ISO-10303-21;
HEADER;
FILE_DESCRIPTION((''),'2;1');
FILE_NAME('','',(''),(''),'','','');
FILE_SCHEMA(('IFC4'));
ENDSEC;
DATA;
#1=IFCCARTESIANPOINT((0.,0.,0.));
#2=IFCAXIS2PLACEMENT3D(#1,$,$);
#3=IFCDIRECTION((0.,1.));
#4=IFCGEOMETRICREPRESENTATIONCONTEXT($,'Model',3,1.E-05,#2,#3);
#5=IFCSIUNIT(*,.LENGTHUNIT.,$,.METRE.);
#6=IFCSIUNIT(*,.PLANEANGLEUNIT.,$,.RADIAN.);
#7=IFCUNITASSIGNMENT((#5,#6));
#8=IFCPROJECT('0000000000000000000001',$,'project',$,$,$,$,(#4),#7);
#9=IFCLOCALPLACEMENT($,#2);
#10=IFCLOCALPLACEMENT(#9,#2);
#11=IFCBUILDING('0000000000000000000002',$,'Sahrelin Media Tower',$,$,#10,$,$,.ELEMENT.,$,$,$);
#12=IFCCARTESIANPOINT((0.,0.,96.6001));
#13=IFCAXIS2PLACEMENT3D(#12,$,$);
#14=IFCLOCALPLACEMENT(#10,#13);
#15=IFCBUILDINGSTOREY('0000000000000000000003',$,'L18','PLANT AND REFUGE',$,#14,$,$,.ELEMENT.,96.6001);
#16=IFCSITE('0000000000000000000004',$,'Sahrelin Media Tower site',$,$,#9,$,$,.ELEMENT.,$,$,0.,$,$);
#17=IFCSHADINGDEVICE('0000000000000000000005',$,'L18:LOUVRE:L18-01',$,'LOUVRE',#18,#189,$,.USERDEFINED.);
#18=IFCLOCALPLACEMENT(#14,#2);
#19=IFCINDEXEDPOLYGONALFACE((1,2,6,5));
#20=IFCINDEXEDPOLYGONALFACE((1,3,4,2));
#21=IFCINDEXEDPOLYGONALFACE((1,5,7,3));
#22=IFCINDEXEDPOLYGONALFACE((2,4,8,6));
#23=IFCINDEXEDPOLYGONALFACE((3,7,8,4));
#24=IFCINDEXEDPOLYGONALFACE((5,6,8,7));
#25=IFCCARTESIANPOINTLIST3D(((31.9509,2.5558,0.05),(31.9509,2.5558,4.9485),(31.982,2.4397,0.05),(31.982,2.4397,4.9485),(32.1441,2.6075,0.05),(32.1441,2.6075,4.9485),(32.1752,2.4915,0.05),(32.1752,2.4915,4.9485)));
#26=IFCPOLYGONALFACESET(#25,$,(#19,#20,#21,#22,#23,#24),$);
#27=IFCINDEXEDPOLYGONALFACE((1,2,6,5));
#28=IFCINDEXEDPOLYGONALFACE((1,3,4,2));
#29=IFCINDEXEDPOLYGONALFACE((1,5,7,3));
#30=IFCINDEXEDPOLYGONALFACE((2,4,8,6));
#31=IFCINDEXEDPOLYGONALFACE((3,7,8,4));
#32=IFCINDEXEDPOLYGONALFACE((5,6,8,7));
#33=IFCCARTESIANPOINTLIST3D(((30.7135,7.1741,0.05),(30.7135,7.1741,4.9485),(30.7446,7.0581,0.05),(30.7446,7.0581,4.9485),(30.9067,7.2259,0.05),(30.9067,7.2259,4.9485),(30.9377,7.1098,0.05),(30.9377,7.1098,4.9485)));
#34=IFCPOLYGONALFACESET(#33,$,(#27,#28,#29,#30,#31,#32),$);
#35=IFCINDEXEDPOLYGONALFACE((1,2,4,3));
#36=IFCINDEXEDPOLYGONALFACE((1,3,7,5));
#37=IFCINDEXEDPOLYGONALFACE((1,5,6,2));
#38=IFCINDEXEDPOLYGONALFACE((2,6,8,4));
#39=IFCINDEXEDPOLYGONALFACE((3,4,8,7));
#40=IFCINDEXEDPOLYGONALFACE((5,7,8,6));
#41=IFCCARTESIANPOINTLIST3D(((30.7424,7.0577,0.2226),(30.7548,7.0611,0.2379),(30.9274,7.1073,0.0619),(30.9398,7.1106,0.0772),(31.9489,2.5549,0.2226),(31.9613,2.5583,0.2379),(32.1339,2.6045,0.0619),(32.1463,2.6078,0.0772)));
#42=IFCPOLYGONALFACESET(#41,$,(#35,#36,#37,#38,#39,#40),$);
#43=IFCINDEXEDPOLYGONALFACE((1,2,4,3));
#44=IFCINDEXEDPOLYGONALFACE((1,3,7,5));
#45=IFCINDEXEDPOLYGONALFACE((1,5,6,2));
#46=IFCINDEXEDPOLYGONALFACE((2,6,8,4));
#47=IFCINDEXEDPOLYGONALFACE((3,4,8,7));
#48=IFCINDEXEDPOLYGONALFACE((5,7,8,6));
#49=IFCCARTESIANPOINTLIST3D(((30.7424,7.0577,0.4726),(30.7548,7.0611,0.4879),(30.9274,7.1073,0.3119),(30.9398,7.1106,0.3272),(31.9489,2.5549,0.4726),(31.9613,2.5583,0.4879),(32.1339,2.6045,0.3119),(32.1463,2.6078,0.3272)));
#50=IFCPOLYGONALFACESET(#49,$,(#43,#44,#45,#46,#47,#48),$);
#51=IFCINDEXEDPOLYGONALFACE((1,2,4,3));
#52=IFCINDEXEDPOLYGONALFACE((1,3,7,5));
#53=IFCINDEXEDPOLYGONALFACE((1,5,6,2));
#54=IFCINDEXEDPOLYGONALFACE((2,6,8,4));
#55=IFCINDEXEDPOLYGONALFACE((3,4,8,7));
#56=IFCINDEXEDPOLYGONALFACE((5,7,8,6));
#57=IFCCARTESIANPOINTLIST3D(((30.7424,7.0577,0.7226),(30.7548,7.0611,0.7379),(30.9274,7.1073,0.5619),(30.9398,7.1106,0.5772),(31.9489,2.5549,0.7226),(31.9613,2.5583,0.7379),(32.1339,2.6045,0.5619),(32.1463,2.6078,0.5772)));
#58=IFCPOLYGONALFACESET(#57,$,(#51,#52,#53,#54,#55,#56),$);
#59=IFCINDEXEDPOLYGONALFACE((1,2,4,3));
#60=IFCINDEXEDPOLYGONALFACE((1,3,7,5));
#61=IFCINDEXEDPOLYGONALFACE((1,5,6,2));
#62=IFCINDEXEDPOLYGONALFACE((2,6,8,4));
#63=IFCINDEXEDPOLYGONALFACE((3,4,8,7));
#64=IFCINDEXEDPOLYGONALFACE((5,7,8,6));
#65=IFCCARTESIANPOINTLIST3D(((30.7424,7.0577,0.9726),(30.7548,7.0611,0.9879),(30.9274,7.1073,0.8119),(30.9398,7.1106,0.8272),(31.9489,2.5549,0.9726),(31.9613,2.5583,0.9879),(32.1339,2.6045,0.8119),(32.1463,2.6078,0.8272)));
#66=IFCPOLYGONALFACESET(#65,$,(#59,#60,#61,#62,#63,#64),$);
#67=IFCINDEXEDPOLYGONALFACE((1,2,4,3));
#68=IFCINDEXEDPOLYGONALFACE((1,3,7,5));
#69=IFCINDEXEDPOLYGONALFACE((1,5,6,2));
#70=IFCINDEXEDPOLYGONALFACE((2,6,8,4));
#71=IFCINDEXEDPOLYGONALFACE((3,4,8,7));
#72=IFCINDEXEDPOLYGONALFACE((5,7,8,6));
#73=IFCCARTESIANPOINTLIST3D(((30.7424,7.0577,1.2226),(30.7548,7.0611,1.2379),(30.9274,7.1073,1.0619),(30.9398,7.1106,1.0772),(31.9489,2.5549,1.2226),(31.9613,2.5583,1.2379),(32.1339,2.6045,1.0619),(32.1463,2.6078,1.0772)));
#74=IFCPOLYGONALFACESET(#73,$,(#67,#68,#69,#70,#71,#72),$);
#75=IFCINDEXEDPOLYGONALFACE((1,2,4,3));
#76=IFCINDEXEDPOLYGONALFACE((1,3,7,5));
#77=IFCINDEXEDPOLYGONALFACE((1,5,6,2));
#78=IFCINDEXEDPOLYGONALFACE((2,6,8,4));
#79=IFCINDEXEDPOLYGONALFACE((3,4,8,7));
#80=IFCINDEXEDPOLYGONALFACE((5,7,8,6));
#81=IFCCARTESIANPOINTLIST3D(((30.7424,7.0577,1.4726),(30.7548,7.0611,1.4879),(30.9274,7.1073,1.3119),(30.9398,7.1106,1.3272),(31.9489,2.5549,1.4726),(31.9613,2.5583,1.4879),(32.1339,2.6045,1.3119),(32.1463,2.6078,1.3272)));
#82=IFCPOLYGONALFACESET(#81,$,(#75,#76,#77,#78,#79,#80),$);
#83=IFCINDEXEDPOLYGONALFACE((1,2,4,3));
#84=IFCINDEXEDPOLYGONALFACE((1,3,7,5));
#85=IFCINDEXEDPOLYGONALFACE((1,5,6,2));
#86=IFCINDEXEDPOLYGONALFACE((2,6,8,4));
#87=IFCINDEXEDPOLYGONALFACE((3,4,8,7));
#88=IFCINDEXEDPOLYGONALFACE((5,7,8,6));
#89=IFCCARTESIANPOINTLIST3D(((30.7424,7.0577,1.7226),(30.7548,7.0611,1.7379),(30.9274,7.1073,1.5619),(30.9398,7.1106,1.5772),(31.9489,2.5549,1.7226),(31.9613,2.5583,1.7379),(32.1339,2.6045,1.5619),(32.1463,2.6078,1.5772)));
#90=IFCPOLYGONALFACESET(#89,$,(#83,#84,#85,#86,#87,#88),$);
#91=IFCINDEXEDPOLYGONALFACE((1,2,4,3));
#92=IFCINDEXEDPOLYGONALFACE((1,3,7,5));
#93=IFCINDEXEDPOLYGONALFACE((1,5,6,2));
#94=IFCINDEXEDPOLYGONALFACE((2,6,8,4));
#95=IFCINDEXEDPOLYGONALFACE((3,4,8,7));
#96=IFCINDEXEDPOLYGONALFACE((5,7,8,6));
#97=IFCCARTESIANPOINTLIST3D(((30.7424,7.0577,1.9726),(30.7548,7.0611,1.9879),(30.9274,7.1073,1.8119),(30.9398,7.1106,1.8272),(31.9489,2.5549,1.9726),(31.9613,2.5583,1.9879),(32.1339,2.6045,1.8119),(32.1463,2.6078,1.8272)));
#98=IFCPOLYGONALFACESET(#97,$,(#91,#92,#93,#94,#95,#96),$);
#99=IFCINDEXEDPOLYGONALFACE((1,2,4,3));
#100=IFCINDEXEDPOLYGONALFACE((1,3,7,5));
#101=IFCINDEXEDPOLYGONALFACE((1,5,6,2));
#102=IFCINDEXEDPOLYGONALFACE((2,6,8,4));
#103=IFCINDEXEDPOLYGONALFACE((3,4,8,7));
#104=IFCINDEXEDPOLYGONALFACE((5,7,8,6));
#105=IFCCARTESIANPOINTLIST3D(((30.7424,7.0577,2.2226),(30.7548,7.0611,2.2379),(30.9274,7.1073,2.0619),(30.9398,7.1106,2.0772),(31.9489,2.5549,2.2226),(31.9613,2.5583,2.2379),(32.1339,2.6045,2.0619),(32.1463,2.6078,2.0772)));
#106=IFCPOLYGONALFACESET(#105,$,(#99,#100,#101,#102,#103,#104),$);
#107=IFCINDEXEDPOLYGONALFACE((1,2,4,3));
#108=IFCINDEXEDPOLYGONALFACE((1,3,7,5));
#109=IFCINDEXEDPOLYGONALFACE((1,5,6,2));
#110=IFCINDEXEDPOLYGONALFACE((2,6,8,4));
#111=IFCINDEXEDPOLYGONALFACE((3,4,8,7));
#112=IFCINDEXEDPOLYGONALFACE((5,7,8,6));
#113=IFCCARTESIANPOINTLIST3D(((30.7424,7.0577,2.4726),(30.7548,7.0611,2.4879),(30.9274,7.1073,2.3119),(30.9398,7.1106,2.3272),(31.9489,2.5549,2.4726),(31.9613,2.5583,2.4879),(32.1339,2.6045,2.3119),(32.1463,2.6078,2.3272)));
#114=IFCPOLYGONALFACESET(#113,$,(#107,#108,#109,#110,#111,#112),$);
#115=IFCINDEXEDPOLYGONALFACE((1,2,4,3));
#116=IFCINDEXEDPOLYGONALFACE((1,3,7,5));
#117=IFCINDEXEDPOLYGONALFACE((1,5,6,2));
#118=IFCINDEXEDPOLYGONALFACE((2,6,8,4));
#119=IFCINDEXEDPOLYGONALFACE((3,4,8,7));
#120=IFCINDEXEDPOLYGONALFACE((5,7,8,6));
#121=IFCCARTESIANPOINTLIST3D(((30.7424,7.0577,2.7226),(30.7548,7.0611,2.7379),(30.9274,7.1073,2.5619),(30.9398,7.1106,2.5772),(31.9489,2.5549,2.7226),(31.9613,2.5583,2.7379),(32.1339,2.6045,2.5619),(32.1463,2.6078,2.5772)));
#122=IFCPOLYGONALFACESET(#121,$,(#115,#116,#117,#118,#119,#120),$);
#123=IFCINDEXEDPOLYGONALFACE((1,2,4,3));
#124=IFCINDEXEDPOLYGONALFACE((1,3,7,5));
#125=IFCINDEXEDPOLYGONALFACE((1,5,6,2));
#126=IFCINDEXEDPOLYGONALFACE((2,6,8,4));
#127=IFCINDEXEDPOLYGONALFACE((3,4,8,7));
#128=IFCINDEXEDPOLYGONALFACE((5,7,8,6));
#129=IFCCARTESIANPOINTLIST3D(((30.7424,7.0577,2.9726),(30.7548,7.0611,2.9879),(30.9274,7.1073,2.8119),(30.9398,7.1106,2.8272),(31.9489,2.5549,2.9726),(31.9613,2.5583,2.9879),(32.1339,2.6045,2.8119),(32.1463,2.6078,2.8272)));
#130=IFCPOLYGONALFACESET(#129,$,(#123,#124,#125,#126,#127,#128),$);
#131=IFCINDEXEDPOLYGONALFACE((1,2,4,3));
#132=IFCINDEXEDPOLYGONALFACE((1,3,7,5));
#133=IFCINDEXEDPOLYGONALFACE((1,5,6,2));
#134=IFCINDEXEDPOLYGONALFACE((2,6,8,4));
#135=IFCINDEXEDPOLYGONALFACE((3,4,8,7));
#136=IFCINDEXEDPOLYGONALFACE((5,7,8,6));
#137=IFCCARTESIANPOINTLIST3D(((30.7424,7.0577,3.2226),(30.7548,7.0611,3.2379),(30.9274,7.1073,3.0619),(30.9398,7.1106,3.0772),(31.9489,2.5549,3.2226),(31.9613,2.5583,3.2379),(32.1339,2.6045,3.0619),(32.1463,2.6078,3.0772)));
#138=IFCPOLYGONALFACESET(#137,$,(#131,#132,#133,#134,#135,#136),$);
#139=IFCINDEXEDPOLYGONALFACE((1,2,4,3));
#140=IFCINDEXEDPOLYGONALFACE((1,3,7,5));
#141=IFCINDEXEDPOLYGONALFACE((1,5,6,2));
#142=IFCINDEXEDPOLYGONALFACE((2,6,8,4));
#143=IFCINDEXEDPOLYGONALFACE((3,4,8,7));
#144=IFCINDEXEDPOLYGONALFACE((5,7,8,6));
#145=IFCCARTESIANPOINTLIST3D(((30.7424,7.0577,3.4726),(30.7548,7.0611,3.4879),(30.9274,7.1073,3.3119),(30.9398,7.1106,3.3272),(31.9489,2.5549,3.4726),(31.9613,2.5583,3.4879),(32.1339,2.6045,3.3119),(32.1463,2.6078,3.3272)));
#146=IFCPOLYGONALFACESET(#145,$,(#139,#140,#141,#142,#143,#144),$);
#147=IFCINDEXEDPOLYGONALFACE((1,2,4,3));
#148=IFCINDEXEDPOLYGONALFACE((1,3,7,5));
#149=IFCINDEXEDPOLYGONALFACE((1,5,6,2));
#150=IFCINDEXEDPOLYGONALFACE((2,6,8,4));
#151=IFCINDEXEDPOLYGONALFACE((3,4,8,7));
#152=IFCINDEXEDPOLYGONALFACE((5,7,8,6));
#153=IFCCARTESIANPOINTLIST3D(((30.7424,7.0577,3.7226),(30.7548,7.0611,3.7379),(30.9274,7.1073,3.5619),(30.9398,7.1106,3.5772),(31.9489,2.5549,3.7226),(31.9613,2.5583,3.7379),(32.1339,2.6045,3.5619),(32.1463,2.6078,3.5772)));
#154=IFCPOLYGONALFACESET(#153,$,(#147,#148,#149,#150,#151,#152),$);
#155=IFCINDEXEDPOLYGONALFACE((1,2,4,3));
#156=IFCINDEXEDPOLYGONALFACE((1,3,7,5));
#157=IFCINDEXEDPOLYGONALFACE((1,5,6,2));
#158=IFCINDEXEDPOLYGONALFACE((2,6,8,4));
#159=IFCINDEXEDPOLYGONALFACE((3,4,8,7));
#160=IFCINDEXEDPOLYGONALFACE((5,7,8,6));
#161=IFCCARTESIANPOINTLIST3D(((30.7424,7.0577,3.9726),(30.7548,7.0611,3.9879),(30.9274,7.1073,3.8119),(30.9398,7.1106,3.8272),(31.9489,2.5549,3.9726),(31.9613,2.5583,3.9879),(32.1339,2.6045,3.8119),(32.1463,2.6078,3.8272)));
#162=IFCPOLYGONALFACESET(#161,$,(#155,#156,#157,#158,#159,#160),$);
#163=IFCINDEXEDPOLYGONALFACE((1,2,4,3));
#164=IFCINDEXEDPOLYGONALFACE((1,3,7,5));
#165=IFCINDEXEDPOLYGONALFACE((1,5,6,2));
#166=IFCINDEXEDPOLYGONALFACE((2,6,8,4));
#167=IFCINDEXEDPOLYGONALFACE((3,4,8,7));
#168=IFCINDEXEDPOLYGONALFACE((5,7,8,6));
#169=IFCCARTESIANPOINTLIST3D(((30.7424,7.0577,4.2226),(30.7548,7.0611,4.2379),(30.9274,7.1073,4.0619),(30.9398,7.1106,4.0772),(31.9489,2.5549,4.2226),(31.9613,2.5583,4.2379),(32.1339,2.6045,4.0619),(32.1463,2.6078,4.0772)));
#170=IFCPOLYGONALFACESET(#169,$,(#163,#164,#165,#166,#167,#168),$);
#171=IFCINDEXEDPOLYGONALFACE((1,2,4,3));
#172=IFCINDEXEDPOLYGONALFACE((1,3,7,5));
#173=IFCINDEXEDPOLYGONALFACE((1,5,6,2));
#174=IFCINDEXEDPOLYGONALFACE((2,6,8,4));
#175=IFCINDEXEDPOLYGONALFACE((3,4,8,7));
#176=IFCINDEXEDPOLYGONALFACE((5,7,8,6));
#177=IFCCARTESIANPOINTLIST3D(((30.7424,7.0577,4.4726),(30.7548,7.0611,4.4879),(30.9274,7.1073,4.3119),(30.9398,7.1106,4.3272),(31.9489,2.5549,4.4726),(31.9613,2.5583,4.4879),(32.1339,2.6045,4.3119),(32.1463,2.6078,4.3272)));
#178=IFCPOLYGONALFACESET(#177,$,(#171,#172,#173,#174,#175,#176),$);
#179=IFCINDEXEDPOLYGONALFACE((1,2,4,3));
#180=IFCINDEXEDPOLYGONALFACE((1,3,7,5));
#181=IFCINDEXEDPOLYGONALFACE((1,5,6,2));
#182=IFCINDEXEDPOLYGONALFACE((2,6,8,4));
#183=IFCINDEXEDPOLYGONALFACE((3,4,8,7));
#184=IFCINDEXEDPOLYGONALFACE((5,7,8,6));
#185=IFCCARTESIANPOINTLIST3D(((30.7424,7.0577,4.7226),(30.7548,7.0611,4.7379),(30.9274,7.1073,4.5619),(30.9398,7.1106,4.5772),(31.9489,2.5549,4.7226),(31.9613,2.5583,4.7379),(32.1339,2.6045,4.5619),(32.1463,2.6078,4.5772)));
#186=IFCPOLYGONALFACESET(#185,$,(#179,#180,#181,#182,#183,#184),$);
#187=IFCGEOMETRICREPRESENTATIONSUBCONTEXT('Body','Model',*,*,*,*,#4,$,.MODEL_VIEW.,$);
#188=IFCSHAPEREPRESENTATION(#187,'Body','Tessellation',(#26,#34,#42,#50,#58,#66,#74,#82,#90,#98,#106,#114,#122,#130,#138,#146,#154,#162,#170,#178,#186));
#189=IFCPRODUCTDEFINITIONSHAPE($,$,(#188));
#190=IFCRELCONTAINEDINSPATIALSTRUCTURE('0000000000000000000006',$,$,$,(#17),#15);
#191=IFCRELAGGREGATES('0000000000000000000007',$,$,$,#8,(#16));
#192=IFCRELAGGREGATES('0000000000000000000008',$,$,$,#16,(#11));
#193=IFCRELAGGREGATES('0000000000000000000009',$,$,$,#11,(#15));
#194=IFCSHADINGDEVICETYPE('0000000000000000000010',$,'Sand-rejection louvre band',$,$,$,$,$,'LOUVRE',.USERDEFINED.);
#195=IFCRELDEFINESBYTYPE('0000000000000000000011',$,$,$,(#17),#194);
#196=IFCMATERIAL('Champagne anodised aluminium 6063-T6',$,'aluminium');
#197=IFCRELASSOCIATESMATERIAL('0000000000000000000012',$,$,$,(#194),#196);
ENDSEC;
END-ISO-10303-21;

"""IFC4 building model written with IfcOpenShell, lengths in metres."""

from ifc_helpers import new_model, si_unit, direction, frame, origin, origin_2d, place, context, subcontext, project, spatial, rectangle, extrude, material, type_object, element, save


model = new_model("IFC4")

# Units and contexts
model_context = context("Model", 3, precision=1e-05, world=origin(), true_north=direction((0.0, 1.0)))
body_context = subcontext(model_context, "Body", "Model", "MODEL_VIEW")
ifc_project = project(units=[si_unit("LENGTHUNIT", "METRE"), si_unit("PLANEANGLEUNIT", "RADIAN")], contexts=[model_context])

# Site, building, storey
site_placement = place(None, origin())
site = spatial("IfcSite", under=ifc_project, at=site_placement, Name="Sahrelin Media Tower site", CompositionType="ELEMENT", RefElevation=0.0)
building_placement = place(site_placement, origin())
building = spatial("IfcBuilding", under=site, at=building_placement, Name="Sahrelin Media Tower", CompositionType="ELEMENT")
storey_placement = place(building_placement, frame((0.0, 0.0, 96.6001)))
storey = spatial("IfcBuildingStorey", under=building, at=storey_placement, Name="L18", Description="PLANT AND REFUGE", CompositionType="ELEMENT", Elevation=96.6001)

# Shading device
ifc_material_1 = material(Name="Champagne anodised aluminium 6063-T6", Category="aluminium")
shading_device_type = type_object("IfcShadingDeviceType", Name="Sand-rejection louvre band", ElementType="LOUVRE", PredefinedType="USERDEFINED", material=ifc_material_1)
shading_device_1_placement = place(storey_placement, frame((31.3477, 4.8069, 0.0), z_axis=(0.0, 0.0, 1.0), x_axis=(0.258808, -0.965929, 0.0)))
element("IfcShadingDevice", 1, at=shading_device_1_placement, inside=storey, type_object=shading_device_type, Name="L18:LOUVRE:L18-01", ObjectType="LOUVRE", PredefinedType="USERDEFINED", context=body_context, shape_type="SweptSolid", body=[
    extrude(rectangle(XDim=0.1201, YDim=0.2, at=origin_2d()), frame((2.3906, 0.1001, 0.05), z_axis=(0.0, 0.0, 1.0), x_axis=(1.0, 0.0, 0.0)), (0.0, 0.0, 1.0), 4.8984),
    extrude(rectangle(XDim=0.1201, YDim=0.2, at=origin_2d()), frame((-2.3906, 0.1001, 0.05), z_axis=(0.0, 0.0, 1.0), x_axis=(1.0, 0.0, 0.0)), (0.0, 0.0, 1.0), 4.8984),
    extrude(rectangle(XDim=0.25, YDim=0.02, at=origin_2d()), frame((2.3308, 0.1001, 0.1499), z_axis=(-1.0, 0.0, 0.0), x_axis=(0.0, -0.766044, 0.642788)), (0.0, 0.0, 1.0), 4.6616),
    extrude(rectangle(XDim=0.25, YDim=0.02, at=origin_2d()), frame((2.3308, 0.1001, 0.3999), z_axis=(-1.0, 0.0, 0.0), x_axis=(0.0, -0.766044, 0.642788)), (0.0, 0.0, 1.0), 4.6616),
    extrude(rectangle(XDim=0.25, YDim=0.02, at=origin_2d()), frame((2.3308, 0.1001, 0.6499), z_axis=(-1.0, 0.0, 0.0), x_axis=(0.0, -0.766044, 0.642788)), (0.0, 0.0, 1.0), 4.6616),
    extrude(rectangle(XDim=0.25, YDim=0.02, at=origin_2d()), frame((2.3308, 0.1001, 0.8999), z_axis=(-1.0, 0.0, 0.0), x_axis=(0.0, -0.766044, 0.642788)), (0.0, 0.0, 1.0), 4.6616),
    extrude(rectangle(XDim=0.25, YDim=0.02, at=origin_2d()), frame((2.3308, 0.1001, 1.1499), z_axis=(-1.0, 0.0, 0.0), x_axis=(0.0, -0.766044, 0.642788)), (0.0, 0.0, 1.0), 4.6616),
    extrude(rectangle(XDim=0.25, YDim=0.02, at=origin_2d()), frame((2.3308, 0.1001, 1.3999), z_axis=(-1.0, 0.0, 0.0), x_axis=(0.0, -0.766044, 0.642788)), (0.0, 0.0, 1.0), 4.6616),
    extrude(rectangle(XDim=0.25, YDim=0.02, at=origin_2d()), frame((2.3308, 0.1001, 1.6499), z_axis=(-1.0, 0.0, 0.0), x_axis=(0.0, -0.766044, 0.642788)), (0.0, 0.0, 1.0), 4.6616),
    extrude(rectangle(XDim=0.25, YDim=0.02, at=origin_2d()), frame((2.3308, 0.1001, 1.8999), z_axis=(-1.0, 0.0, 0.0), x_axis=(0.0, -0.766044, 0.642788)), (0.0, 0.0, 1.0), 4.6616),
    extrude(rectangle(XDim=0.25, YDim=0.02, at=origin_2d()), frame((2.3308, 0.1001, 2.1499), z_axis=(-1.0, 0.0, 0.0), x_axis=(0.0, -0.766044, 0.642788)), (0.0, 0.0, 1.0), 4.6616),
    extrude(rectangle(XDim=0.25, YDim=0.02, at=origin_2d()), frame((2.3308, 0.1001, 2.3999), z_axis=(-1.0, 0.0, 0.0), x_axis=(0.0, -0.766044, 0.642788)), (0.0, 0.0, 1.0), 4.6616),
    extrude(rectangle(XDim=0.25, YDim=0.02, at=origin_2d()), frame((2.3308, 0.1001, 2.6499), z_axis=(-1.0, 0.0, 0.0), x_axis=(0.0, -0.766044, 0.642788)), (0.0, 0.0, 1.0), 4.6616),
    extrude(rectangle(XDim=0.25, YDim=0.02, at=origin_2d()), frame((2.3308, 0.1001, 2.8999), z_axis=(-1.0, 0.0, 0.0), x_axis=(0.0, -0.766044, 0.642788)), (0.0, 0.0, 1.0), 4.6616),
    extrude(rectangle(XDim=0.25, YDim=0.02, at=origin_2d()), frame((2.3308, 0.1001, 3.1499), z_axis=(-1.0, 0.0, 0.0), x_axis=(0.0, -0.766044, 0.642788)), (0.0, 0.0, 1.0), 4.6616),
    extrude(rectangle(XDim=0.25, YDim=0.02, at=origin_2d()), frame((2.3308, 0.1001, 3.3999), z_axis=(-1.0, 0.0, 0.0), x_axis=(0.0, -0.766044, 0.642788)), (0.0, 0.0, 1.0), 4.6616),
    extrude(rectangle(XDim=0.25, YDim=0.02, at=origin_2d()), frame((2.3308, 0.1001, 3.6499), z_axis=(-1.0, 0.0, 0.0), x_axis=(0.0, -0.766044, 0.642788)), (0.0, 0.0, 1.0), 4.6616),
    extrude(rectangle(XDim=0.25, YDim=0.02, at=origin_2d()), frame((2.3308, 0.1001, 3.8999), z_axis=(-1.0, 0.0, 0.0), x_axis=(0.0, -0.766044, 0.642788)), (0.0, 0.0, 1.0), 4.6616),
    extrude(rectangle(XDim=0.25, YDim=0.02, at=origin_2d()), frame((2.3308, 0.1001, 4.1499), z_axis=(-1.0, 0.0, 0.0), x_axis=(0.0, -0.766044, 0.642788)), (0.0, 0.0, 1.0), 4.6616),
    extrude(rectangle(XDim=0.25, YDim=0.02, at=origin_2d()), frame((2.3308, 0.1001, 4.3999), z_axis=(-1.0, 0.0, 0.0), x_axis=(0.0, -0.766044, 0.642788)), (0.0, 0.0, 1.0), 4.6616),
    extrude(rectangle(XDim=0.25, YDim=0.02, at=origin_2d()), frame((2.3308, 0.1001, 4.6499), z_axis=(-1.0, 0.0, 0.0), x_axis=(0.0, -0.766044, 0.642788)), (0.0, 0.0, 1.0), 4.6616),
])

save(model, "model.ifc")
